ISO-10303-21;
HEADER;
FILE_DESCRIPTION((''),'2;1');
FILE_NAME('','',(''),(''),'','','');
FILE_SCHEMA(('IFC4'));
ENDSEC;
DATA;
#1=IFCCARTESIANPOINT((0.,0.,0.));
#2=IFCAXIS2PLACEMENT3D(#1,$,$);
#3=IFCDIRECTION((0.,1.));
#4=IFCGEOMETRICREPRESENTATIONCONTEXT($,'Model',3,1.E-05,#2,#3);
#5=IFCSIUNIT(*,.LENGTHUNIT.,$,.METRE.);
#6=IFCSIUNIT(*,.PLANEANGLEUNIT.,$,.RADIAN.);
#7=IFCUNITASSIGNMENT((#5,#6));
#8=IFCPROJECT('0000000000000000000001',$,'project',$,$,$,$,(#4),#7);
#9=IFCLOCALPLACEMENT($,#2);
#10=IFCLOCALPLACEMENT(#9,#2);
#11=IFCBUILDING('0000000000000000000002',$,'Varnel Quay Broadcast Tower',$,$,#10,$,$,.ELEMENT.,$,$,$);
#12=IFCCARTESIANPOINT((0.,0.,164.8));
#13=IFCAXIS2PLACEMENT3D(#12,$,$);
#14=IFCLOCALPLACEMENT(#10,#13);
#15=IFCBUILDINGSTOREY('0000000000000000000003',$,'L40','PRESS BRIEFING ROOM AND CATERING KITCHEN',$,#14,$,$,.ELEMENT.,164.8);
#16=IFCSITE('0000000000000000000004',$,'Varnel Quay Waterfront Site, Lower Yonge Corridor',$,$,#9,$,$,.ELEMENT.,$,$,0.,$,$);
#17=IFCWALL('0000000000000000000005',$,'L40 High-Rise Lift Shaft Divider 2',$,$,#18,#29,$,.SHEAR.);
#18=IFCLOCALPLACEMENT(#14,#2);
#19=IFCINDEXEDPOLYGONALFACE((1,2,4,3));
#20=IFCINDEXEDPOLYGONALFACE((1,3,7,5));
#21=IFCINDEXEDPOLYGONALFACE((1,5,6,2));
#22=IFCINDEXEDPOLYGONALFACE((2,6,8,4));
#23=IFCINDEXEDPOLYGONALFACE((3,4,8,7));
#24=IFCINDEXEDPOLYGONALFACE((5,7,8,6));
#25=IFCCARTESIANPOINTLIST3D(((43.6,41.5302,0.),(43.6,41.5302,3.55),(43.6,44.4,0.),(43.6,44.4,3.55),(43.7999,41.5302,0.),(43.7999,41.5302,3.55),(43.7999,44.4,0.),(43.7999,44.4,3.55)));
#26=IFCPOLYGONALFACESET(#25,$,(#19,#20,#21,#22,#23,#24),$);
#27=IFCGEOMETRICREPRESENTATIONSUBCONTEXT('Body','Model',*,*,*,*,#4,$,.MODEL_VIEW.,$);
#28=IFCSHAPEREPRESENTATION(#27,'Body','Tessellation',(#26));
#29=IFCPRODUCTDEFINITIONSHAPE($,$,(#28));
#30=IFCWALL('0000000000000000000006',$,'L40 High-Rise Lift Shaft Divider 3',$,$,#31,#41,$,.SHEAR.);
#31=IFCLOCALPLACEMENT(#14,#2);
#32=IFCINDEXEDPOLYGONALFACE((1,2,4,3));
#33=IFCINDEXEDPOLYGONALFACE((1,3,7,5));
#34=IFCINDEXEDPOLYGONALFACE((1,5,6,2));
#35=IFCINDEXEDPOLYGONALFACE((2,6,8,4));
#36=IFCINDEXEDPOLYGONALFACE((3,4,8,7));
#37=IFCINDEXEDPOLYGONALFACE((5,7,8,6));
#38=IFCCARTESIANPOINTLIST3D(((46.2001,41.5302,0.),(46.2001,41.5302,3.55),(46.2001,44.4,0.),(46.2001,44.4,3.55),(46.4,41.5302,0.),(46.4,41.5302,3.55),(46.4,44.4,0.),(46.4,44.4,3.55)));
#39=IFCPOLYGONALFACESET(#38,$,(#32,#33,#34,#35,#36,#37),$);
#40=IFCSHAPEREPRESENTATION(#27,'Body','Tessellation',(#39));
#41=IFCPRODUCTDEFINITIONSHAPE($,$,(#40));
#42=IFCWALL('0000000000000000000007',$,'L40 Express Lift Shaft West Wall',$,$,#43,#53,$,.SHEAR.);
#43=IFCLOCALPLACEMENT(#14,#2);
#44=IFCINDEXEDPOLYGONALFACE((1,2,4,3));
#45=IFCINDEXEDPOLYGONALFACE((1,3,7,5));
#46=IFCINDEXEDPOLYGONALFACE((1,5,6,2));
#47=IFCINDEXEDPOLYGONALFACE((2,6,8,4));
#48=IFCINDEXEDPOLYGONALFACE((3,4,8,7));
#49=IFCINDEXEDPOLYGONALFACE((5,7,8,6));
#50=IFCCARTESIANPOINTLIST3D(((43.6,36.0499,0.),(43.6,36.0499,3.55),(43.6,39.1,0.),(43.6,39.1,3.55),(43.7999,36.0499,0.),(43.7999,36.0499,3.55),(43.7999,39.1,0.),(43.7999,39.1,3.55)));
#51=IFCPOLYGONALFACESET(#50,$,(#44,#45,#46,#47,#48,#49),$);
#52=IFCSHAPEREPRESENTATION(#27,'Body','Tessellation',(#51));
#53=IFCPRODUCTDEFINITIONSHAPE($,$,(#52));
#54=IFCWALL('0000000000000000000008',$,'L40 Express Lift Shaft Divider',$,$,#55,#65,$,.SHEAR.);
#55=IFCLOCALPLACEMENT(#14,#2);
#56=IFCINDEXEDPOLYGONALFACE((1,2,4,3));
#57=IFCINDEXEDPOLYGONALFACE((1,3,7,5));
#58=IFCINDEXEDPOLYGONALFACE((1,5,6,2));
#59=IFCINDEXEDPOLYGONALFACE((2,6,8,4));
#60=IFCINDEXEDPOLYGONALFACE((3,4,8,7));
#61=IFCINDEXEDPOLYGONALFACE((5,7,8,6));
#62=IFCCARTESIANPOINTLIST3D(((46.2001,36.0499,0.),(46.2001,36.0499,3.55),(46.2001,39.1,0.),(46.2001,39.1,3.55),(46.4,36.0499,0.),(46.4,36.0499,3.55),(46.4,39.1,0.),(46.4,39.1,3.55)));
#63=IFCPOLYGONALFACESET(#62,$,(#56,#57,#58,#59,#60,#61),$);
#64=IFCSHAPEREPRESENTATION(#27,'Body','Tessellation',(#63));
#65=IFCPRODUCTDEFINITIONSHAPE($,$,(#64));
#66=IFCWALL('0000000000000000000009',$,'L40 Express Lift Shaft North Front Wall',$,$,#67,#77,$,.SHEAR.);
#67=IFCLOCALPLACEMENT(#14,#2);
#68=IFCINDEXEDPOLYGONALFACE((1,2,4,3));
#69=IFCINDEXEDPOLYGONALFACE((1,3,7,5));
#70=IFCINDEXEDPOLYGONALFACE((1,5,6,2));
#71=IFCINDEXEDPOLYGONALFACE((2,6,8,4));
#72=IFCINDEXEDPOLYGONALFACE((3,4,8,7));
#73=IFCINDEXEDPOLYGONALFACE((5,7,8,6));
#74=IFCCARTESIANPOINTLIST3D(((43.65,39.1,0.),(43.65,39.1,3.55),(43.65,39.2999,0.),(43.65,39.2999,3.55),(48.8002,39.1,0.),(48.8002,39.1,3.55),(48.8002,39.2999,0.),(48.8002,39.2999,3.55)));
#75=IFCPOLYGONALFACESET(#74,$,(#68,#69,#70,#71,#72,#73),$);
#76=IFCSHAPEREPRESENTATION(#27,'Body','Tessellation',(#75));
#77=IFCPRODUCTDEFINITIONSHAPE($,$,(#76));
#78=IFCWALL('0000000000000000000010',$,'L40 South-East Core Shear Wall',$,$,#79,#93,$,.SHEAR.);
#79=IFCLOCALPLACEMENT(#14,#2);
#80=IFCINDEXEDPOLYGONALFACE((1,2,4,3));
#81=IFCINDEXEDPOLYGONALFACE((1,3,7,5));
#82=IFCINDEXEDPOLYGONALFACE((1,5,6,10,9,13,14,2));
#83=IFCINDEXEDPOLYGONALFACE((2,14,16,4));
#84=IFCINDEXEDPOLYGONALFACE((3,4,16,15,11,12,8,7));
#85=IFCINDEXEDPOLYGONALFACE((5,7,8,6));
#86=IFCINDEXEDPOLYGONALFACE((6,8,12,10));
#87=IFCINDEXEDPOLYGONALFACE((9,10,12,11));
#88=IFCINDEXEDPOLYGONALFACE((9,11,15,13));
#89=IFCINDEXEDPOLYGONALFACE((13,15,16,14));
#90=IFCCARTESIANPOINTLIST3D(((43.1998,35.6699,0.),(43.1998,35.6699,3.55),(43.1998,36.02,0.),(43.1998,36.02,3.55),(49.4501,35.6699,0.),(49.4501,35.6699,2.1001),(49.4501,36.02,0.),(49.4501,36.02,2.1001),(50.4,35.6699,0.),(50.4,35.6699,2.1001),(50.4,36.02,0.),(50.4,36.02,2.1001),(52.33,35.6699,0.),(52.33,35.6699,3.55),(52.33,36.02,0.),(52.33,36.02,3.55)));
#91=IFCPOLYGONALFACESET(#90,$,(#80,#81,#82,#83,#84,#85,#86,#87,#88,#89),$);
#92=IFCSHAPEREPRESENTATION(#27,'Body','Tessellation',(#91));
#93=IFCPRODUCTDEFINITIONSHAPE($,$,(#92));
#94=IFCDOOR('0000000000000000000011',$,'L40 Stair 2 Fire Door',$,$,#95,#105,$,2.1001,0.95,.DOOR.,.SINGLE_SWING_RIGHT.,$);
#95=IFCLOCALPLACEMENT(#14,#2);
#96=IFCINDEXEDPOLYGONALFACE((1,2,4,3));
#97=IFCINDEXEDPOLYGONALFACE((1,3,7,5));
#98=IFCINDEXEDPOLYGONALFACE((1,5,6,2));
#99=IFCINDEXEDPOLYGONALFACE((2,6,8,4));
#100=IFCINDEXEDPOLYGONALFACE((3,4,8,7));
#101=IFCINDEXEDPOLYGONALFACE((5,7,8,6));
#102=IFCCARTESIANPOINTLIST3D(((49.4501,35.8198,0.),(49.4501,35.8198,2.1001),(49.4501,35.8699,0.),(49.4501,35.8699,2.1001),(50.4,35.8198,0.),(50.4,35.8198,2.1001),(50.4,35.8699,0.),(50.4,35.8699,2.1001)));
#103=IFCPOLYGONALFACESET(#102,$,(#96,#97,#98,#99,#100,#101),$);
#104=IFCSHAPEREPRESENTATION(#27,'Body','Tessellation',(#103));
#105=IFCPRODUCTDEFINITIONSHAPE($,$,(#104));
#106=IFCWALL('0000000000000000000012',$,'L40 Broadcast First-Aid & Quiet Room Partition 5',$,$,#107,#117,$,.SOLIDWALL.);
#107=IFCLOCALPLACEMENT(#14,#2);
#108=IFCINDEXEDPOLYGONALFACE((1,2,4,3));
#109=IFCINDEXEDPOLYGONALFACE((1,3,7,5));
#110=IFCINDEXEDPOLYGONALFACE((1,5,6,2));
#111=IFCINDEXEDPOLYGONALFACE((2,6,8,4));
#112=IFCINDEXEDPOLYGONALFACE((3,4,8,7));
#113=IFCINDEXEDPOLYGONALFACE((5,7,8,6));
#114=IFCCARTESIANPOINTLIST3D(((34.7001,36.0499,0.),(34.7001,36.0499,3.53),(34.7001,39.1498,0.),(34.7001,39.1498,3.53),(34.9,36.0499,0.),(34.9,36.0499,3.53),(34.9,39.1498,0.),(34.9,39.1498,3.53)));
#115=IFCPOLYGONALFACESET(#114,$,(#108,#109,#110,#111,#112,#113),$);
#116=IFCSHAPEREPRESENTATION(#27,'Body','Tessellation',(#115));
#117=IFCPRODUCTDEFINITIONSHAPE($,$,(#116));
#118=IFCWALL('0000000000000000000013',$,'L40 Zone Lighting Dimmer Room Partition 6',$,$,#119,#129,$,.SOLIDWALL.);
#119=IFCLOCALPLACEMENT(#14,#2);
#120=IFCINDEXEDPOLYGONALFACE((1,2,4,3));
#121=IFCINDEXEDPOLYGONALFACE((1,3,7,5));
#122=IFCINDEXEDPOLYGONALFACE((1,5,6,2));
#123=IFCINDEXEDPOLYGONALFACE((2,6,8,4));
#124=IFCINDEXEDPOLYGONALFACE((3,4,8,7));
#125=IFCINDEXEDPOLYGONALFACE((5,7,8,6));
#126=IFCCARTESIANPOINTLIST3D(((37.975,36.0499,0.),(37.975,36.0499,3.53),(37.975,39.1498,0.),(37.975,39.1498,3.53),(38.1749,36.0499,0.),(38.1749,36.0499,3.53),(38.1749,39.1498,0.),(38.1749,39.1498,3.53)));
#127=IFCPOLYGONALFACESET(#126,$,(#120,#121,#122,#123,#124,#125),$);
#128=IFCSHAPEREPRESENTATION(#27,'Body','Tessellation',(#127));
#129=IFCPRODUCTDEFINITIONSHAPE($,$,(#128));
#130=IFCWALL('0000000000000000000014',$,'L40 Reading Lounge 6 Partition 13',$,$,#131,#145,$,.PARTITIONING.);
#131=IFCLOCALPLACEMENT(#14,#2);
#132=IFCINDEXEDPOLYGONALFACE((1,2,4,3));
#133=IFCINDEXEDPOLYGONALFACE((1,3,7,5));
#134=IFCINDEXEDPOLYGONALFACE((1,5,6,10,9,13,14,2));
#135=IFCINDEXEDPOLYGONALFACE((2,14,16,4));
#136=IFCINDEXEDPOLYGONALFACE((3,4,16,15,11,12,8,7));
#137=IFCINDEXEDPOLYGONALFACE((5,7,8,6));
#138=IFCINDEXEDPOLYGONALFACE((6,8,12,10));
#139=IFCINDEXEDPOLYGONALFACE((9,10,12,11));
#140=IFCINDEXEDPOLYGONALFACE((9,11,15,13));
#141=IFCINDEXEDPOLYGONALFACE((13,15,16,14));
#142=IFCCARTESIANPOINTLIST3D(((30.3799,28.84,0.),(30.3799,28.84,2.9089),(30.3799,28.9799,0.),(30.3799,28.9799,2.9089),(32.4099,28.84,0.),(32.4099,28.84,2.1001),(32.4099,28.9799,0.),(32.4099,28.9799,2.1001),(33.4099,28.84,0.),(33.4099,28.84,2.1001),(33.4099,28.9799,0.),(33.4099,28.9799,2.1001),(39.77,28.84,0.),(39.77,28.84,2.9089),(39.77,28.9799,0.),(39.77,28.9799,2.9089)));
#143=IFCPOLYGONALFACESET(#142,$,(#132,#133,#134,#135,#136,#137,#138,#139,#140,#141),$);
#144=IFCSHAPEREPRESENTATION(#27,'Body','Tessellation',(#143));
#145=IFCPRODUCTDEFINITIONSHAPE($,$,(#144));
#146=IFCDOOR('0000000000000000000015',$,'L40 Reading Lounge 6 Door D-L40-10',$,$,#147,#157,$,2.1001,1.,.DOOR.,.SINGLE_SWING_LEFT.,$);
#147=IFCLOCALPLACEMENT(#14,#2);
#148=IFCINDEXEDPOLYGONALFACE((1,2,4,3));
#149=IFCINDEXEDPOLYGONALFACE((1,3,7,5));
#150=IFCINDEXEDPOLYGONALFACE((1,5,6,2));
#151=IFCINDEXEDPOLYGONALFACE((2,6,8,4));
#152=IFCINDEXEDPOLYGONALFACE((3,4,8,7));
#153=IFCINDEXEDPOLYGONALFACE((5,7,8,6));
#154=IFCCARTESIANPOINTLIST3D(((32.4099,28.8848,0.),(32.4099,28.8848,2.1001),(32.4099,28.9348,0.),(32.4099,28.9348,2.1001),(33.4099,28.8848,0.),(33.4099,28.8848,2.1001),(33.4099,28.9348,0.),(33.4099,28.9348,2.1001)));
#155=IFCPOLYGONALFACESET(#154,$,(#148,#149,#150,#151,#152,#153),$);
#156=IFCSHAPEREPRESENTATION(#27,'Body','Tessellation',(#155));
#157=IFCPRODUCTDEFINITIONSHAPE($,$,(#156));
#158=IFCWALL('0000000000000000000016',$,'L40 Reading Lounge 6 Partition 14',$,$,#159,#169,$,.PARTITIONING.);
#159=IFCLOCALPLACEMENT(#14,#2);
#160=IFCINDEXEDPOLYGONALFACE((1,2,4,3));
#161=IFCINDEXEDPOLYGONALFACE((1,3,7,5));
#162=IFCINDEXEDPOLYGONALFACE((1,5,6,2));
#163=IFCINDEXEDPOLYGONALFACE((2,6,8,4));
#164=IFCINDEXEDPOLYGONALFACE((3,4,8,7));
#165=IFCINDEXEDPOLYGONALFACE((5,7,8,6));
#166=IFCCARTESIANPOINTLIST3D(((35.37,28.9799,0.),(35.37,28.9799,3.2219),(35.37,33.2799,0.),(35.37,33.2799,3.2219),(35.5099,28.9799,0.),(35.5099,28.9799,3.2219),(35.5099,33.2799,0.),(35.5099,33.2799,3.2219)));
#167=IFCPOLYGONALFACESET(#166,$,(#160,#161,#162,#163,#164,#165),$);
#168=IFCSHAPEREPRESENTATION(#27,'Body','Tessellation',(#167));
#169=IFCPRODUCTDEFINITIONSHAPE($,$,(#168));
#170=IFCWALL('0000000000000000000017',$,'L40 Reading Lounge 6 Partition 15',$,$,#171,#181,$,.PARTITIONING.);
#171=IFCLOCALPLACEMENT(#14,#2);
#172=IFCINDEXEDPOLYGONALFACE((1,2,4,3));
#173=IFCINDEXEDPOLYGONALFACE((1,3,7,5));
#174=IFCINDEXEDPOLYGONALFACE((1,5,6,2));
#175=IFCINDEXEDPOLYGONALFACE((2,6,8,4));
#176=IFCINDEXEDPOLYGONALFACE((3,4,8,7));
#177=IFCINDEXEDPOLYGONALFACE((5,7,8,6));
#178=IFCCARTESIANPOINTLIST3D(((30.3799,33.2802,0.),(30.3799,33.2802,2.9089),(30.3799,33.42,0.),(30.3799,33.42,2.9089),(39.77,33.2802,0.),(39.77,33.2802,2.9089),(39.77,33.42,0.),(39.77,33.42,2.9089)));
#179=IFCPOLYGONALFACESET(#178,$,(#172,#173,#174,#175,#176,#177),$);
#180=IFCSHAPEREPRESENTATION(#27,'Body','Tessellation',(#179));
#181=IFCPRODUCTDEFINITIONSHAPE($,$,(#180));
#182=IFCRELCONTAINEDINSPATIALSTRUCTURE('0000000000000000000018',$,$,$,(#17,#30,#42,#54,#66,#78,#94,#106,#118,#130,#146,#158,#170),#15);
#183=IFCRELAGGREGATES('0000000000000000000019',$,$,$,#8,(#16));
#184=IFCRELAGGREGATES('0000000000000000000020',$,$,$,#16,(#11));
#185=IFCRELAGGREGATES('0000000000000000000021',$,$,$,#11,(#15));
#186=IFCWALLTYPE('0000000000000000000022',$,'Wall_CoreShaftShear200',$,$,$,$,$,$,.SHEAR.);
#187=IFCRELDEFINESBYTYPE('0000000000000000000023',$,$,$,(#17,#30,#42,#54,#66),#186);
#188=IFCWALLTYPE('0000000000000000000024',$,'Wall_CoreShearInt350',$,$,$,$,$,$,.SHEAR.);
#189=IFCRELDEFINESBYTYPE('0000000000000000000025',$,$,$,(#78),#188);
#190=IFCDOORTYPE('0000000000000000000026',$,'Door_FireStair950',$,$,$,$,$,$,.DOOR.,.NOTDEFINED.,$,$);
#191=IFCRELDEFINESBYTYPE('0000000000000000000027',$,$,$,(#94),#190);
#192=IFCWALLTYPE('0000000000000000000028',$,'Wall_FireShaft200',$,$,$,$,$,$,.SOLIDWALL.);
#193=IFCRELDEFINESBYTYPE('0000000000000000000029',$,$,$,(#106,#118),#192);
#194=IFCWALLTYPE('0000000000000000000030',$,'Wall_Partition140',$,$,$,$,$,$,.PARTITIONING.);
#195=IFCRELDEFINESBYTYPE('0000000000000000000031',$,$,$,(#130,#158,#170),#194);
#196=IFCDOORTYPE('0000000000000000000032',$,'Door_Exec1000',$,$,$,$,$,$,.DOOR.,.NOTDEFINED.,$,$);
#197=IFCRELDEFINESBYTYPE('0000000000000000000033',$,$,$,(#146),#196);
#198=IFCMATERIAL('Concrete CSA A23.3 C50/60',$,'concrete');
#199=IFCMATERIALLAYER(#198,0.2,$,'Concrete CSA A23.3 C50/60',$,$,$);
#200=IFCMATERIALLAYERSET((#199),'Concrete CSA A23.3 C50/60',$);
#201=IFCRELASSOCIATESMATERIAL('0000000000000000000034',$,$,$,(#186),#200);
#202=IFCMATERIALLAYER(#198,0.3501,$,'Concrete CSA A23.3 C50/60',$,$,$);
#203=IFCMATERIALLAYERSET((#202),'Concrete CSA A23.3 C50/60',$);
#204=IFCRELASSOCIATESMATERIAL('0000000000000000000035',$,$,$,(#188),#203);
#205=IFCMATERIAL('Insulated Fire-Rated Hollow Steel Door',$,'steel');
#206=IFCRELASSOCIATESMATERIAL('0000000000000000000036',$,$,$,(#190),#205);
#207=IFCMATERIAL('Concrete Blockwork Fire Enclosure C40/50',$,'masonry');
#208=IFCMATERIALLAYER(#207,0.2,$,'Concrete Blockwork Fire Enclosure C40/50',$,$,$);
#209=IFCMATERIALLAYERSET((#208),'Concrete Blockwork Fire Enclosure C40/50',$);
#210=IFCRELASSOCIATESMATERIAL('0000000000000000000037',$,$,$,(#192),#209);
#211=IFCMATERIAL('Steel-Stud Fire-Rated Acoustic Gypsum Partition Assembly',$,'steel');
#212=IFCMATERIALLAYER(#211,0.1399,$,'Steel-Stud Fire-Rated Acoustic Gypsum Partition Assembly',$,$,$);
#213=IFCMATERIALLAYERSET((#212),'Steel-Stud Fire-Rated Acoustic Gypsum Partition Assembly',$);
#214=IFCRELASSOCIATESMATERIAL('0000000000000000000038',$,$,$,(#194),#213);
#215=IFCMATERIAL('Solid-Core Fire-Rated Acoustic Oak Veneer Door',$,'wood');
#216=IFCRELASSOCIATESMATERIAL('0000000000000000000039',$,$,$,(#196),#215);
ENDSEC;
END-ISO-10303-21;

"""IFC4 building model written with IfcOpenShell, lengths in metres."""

from ifc_helpers import new_model, si_unit, direction, frame, frame_2d, origin, place, context, subcontext, project, spatial, rectangle, extrude, source, transform, mapped, material, layer, layer_set, type_object, type_shapes, element, fill, save


model = new_model("IFC4")

# Units and contexts
model_context = context("Model", 3, precision=1e-05, world=origin(), true_north=direction((0.0, 1.0)))
body_context = subcontext(model_context, "Body", "Model", "MODEL_VIEW")
ifc_project = project(units=[si_unit("LENGTHUNIT", "METRE"), si_unit("PLANEANGLEUNIT", "RADIAN")], contexts=[model_context])

# Site, building, storey
site_placement = place(None, origin())
site = spatial("IfcSite", under=ifc_project, at=site_placement, Name="Varnel Quay Waterfront Site, Lower Yonge Corridor", CompositionType="ELEMENT", RefElevation=0.0)
building_placement = place(site_placement, origin())
building = spatial("IfcBuilding", under=site, at=building_placement, Name="Varnel Quay Broadcast Tower", CompositionType="ELEMENT")
storey_placement = place(building_placement, frame((0.0, 0.0, 164.8)))
storey = spatial("IfcBuildingStorey", under=building, at=storey_placement, Name="L40", Description="PRESS BRIEFING ROOM AND CATERING KITCHEN", CompositionType="ELEMENT", Elevation=164.8)

# Shared definitions
ifc_material_1 = material(Name="Concrete CSA A23.3 C50/60", Category="concrete")

# Walls
ifc_layer_1 = layer(ifc_material_1, 0.2, Name="Concrete CSA A23.3 C50/60")
ifc_layer_set_1 = layer_set([ifc_layer_1], Name="Concrete CSA A23.3 C50/60")
wall_type_1 = type_object("IfcWallType", Name="Wall_CoreShaftShear200", PredefinedType="SHEAR", material=ifc_layer_set_1)
for number, where, z_axis, x_axis, name in (
    (1, (43.7, 41.53, 0.0), (0.0, 0.0, 1.0), (0.0, 1.0, 0.0), "L40 High-Rise Lift Shaft Divider 2"),
    (2, (46.3, 41.53, 0.0), (0.0, 0.0, 1.0), (0.0, 1.0, 0.0), "L40 High-Rise Lift Shaft Divider 3"),
):
    element("IfcWall", number, at=place(storey_placement, frame(where, z_axis=z_axis, x_axis=x_axis)), inside=storey, type_object=wall_type_1, Name=name, PredefinedType="SHEAR", context=body_context, shape_type="SweptSolid", body=[
        extrude(rectangle(XDim=2.8699, YDim=0.2, at=frame_2d((1.4351, 0.0))), origin(), (0.0, 0.0, 1.0), 3.55),
    ])
for number, where, z_axis, x_axis, name in (
    (3, (43.7, 36.05, 0.0), (0.0, 0.0, 1.0), (0.0, 1.0, 0.0), "L40 Express Lift Shaft West Wall"),
    (4, (46.3, 36.05, 0.0), (0.0, 0.0, 1.0), (0.0, 1.0, 0.0), "L40 Express Lift Shaft Divider"),
):
    element("IfcWall", number, at=place(storey_placement, frame(where, z_axis=z_axis, x_axis=x_axis)), inside=storey, type_object=wall_type_1, Name=name, PredefinedType="SHEAR", context=body_context, shape_type="SweptSolid", body=[
        extrude(rectangle(XDim=3.05, YDim=0.2, at=frame_2d((1.5249, 0.0))), origin(), (0.0, 0.0, 1.0), 3.55),
    ])
wall_1_placement = place(storey_placement, frame((43.6499, 39.2, 0.0), z_axis=(0.0, 0.0, 1.0), x_axis=(1.0, 0.0, 0.0)))
element("IfcWall", 5, at=wall_1_placement, inside=storey, type_object=wall_type_1, Name="L40 Express Lift Shaft North Front Wall", PredefinedType="SHEAR", context=body_context, shape_type="SweptSolid", body=[
    extrude(rectangle(XDim=5.1501, YDim=0.2, at=frame_2d((2.5752, 0.0))), origin(), (0.0, 0.0, 1.0), 3.55),
])

# Wall, opening, door
ifc_layer_2 = layer(ifc_material_1, 0.3501, Name="Concrete CSA A23.3 C50/60")
ifc_layer_set_2 = layer_set([ifc_layer_2], Name="Concrete CSA A23.3 C50/60")
wall_type_2 = type_object("IfcWallType", Name="Wall_CoreShearInt350", PredefinedType="SHEAR", material=ifc_layer_set_2)
wall_2_placement = place(storey_placement, frame((43.2, 35.845, 0.0), z_axis=(0.0, 0.0, 1.0), x_axis=(1.0, 0.0, 0.0)))
wall_2 = element("IfcWall", 6, at=wall_2_placement, inside=storey, type_object=wall_type_2, Name="L40 South-East Core Shear Wall", PredefinedType="SHEAR", context=body_context, shape_type="SweptSolid", body=[
    extrude(rectangle(XDim=9.1301, YDim=0.3501, at=frame_2d((4.5649, 0.0))), origin(), (0.0, 0.0, 1.0), 3.55),
])
opening_1_placement = place(wall_2_placement, frame((6.25, 0.0, 0.0)))
opening_1 = element("IfcOpeningElement", 7, at=opening_1_placement, cuts=wall_2, PredefinedType="OPENING", context=body_context, shape_type="SweptSolid", body=[
    extrude(rectangle(XDim=0.95, YDim=2.1001, at=frame_2d((0.4751, 1.05))), frame((0.0, 0.1851, 0.0), z_axis=(0.0, -1.0, 0.0), x_axis=(1.0, 0.0, 0.0)), (0.0, 0.0, 1.0), 0.3701),
])
ifc_material_2 = material(Name="Insulated Fire-Rated Hollow Steel Door", Category="steel")
door_type_1 = type_object("IfcDoorType", Name="Door_FireStair950", OperationType="NOTDEFINED", PredefinedType="DOOR", material=ifc_material_2)
shared_shape_1 = source(origin(), body_context, "Body", "SweptSolid", [
    extrude(rectangle(XDim=0.95, YDim=2.1001, at=frame_2d((0.4751, 1.05))), frame((0.0, 0.0249, 0.0), z_axis=(0.0, -1.0, 0.0), x_axis=(1.0, 0.0, 0.0)), (0.0, 0.0, 1.0), 0.05),
])
type_shapes(door_type_1, [shared_shape_1])
door_1_placement = place(opening_1_placement, origin())
door_1 = element("IfcDoor", 8, at=door_1_placement, inside=storey, type_object=door_type_1, Name="L40 Stair 2 Fire Door", OperationType="SINGLE_SWING_RIGHT", OverallHeight=2.1001, OverallWidth=0.95, PredefinedType="DOOR", context=body_context, shape_type="MappedRepresentation", body=[
    mapped(shared_shape_1, transform((0.0, 0.0, 0.0), x_axis=(1.0, 0.0, 0.0), y_axis=(0.0, 1.0, 0.0), z_axis=(0.0, 0.0, 1.0), scale=1.0)),
])
fill(opening_1, door_1)

# Walls
ifc_material_3 = material(Name="Concrete Blockwork Fire Enclosure C40/50", Category="masonry")
ifc_layer_3 = layer(ifc_material_3, 0.2, Name="Concrete Blockwork Fire Enclosure C40/50")
ifc_layer_set_3 = layer_set([ifc_layer_3], Name="Concrete Blockwork Fire Enclosure C40/50")
wall_type_3 = type_object("IfcWallType", Name="Wall_FireShaft200", PredefinedType="SOLIDWALL", material=ifc_layer_set_3)
for number, where, z_axis, x_axis, name in (
    (9, (34.8, 36.05, 0.0), (0.0, 0.0, 1.0), (0.0, 1.0, 0.0), "L40 Broadcast First-Aid & Quiet Room Partition 5"),
    (10, (38.075, 36.05, 0.0), (0.0, 0.0, 1.0), (0.0, 1.0, 0.0), "L40 Zone Lighting Dimmer Room Partition 6"),
):
    element("IfcWall", number, at=place(storey_placement, frame(where, z_axis=z_axis, x_axis=x_axis)), inside=storey, type_object=wall_type_3, Name=name, PredefinedType="SOLIDWALL", context=body_context, shape_type="SweptSolid", body=[
        extrude(rectangle(XDim=3.0999, YDim=0.2, at=frame_2d((1.5498, 0.0))), origin(), (0.0, 0.0, 1.0), 3.53),
    ])

# Wall, opening, door
ifc_material_4 = material(Name="Steel-Stud Fire-Rated Acoustic Gypsum Partition Assembly", Category="steel")
ifc_layer_4 = layer(ifc_material_4, 0.1399, Name="Steel-Stud Fire-Rated Acoustic Gypsum Partition Assembly")
ifc_layer_set_4 = layer_set([ifc_layer_4], Name="Steel-Stud Fire-Rated Acoustic Gypsum Partition Assembly")
wall_type_4 = type_object("IfcWallType", Name="Wall_Partition140", PredefinedType="PARTITIONING", material=ifc_layer_set_4)
wall_3_placement = place(storey_placement, frame((30.3799, 28.9099, 0.0), z_axis=(0.0, 0.0, 1.0), x_axis=(1.0, 0.0, 0.0)))
wall_3 = element("IfcWall", 11, at=wall_3_placement, inside=storey, type_object=wall_type_4, Name="L40 Reading Lounge 6 Partition 13", PredefinedType="PARTITIONING", context=body_context, shape_type="SweptSolid", body=[
    extrude(rectangle(XDim=9.3901, YDim=0.1399, at=frame_2d((4.6951, 0.0))), origin(), (0.0, 0.0, 1.0), 2.9089),
])
opening_2_placement = place(wall_3_placement, frame((2.03, 0.0, 0.0)))
opening_2 = element("IfcOpeningElement", 12, at=opening_2_placement, cuts=wall_3, PredefinedType="OPENING", context=body_context, shape_type="SweptSolid", body=[
    extrude(rectangle(XDim=1.0, YDim=2.1001, at=frame_2d((0.5, 1.05))), frame((0.0, 0.0801, 0.0), z_axis=(0.0, -1.0, 0.0), x_axis=(1.0, 0.0, 0.0)), (0.0, 0.0, 1.0), 0.1599),
])
ifc_material_5 = material(Name="Solid-Core Fire-Rated Acoustic Oak Veneer Door", Category="wood")
door_type_2 = type_object("IfcDoorType", Name="Door_Exec1000", OperationType="NOTDEFINED", PredefinedType="DOOR", material=ifc_material_5)
shared_shape_2 = source(origin(), body_context, "Body", "SweptSolid", [
    extrude(rectangle(XDim=1.0, YDim=2.1001, at=frame_2d((0.5, 1.05))), frame((0.0, 0.0249, 0.0), z_axis=(0.0, -1.0, 0.0), x_axis=(1.0, 0.0, 0.0)), (0.0, 0.0, 1.0), 0.05),
])
type_shapes(door_type_2, [shared_shape_2])
door_2_placement = place(opening_2_placement, origin())
door_2 = element("IfcDoor", 13, at=door_2_placement, inside=storey, type_object=door_type_2, Name="L40 Reading Lounge 6 Door D-L40-10", OperationType="SINGLE_SWING_LEFT", OverallHeight=2.1001, OverallWidth=1.0, PredefinedType="DOOR", context=body_context, shape_type="MappedRepresentation", body=[
    mapped(shared_shape_2, transform((0.0, 0.0, 0.0), x_axis=(1.0, 0.0, 0.0), y_axis=(0.0, 1.0, 0.0), z_axis=(0.0, 0.0, 1.0), scale=1.0)),
])
fill(opening_2, door_2)

# Walls
wall_4_placement = place(storey_placement, frame((35.4399, 28.98, 0.0), z_axis=(0.0, 0.0, 1.0), x_axis=(0.0, 1.0, 0.0)))
element("IfcWall", 14, at=wall_4_placement, inside=storey, type_object=wall_type_4, Name="L40 Reading Lounge 6 Partition 14", PredefinedType="PARTITIONING", context=body_context, shape_type="SweptSolid", body=[
    extrude(rectangle(XDim=4.3, YDim=0.1399, at=frame_2d((2.1499, 0.0))), origin(), (0.0, 0.0, 1.0), 3.2219),
])
wall_5_placement = place(storey_placement, frame((30.3799, 33.3501, 0.0), z_axis=(0.0, 0.0, 1.0), x_axis=(1.0, 0.0, 0.0)))
element("IfcWall", 15, at=wall_5_placement, inside=storey, type_object=wall_type_4, Name="L40 Reading Lounge 6 Partition 15", PredefinedType="PARTITIONING", context=body_context, shape_type="SweptSolid", body=[
    extrude(rectangle(XDim=9.3901, YDim=0.1399, at=frame_2d((4.6951, 0.0))), origin(), (0.0, 0.0, 1.0), 2.9089),
])

save(model, "model.ifc")
